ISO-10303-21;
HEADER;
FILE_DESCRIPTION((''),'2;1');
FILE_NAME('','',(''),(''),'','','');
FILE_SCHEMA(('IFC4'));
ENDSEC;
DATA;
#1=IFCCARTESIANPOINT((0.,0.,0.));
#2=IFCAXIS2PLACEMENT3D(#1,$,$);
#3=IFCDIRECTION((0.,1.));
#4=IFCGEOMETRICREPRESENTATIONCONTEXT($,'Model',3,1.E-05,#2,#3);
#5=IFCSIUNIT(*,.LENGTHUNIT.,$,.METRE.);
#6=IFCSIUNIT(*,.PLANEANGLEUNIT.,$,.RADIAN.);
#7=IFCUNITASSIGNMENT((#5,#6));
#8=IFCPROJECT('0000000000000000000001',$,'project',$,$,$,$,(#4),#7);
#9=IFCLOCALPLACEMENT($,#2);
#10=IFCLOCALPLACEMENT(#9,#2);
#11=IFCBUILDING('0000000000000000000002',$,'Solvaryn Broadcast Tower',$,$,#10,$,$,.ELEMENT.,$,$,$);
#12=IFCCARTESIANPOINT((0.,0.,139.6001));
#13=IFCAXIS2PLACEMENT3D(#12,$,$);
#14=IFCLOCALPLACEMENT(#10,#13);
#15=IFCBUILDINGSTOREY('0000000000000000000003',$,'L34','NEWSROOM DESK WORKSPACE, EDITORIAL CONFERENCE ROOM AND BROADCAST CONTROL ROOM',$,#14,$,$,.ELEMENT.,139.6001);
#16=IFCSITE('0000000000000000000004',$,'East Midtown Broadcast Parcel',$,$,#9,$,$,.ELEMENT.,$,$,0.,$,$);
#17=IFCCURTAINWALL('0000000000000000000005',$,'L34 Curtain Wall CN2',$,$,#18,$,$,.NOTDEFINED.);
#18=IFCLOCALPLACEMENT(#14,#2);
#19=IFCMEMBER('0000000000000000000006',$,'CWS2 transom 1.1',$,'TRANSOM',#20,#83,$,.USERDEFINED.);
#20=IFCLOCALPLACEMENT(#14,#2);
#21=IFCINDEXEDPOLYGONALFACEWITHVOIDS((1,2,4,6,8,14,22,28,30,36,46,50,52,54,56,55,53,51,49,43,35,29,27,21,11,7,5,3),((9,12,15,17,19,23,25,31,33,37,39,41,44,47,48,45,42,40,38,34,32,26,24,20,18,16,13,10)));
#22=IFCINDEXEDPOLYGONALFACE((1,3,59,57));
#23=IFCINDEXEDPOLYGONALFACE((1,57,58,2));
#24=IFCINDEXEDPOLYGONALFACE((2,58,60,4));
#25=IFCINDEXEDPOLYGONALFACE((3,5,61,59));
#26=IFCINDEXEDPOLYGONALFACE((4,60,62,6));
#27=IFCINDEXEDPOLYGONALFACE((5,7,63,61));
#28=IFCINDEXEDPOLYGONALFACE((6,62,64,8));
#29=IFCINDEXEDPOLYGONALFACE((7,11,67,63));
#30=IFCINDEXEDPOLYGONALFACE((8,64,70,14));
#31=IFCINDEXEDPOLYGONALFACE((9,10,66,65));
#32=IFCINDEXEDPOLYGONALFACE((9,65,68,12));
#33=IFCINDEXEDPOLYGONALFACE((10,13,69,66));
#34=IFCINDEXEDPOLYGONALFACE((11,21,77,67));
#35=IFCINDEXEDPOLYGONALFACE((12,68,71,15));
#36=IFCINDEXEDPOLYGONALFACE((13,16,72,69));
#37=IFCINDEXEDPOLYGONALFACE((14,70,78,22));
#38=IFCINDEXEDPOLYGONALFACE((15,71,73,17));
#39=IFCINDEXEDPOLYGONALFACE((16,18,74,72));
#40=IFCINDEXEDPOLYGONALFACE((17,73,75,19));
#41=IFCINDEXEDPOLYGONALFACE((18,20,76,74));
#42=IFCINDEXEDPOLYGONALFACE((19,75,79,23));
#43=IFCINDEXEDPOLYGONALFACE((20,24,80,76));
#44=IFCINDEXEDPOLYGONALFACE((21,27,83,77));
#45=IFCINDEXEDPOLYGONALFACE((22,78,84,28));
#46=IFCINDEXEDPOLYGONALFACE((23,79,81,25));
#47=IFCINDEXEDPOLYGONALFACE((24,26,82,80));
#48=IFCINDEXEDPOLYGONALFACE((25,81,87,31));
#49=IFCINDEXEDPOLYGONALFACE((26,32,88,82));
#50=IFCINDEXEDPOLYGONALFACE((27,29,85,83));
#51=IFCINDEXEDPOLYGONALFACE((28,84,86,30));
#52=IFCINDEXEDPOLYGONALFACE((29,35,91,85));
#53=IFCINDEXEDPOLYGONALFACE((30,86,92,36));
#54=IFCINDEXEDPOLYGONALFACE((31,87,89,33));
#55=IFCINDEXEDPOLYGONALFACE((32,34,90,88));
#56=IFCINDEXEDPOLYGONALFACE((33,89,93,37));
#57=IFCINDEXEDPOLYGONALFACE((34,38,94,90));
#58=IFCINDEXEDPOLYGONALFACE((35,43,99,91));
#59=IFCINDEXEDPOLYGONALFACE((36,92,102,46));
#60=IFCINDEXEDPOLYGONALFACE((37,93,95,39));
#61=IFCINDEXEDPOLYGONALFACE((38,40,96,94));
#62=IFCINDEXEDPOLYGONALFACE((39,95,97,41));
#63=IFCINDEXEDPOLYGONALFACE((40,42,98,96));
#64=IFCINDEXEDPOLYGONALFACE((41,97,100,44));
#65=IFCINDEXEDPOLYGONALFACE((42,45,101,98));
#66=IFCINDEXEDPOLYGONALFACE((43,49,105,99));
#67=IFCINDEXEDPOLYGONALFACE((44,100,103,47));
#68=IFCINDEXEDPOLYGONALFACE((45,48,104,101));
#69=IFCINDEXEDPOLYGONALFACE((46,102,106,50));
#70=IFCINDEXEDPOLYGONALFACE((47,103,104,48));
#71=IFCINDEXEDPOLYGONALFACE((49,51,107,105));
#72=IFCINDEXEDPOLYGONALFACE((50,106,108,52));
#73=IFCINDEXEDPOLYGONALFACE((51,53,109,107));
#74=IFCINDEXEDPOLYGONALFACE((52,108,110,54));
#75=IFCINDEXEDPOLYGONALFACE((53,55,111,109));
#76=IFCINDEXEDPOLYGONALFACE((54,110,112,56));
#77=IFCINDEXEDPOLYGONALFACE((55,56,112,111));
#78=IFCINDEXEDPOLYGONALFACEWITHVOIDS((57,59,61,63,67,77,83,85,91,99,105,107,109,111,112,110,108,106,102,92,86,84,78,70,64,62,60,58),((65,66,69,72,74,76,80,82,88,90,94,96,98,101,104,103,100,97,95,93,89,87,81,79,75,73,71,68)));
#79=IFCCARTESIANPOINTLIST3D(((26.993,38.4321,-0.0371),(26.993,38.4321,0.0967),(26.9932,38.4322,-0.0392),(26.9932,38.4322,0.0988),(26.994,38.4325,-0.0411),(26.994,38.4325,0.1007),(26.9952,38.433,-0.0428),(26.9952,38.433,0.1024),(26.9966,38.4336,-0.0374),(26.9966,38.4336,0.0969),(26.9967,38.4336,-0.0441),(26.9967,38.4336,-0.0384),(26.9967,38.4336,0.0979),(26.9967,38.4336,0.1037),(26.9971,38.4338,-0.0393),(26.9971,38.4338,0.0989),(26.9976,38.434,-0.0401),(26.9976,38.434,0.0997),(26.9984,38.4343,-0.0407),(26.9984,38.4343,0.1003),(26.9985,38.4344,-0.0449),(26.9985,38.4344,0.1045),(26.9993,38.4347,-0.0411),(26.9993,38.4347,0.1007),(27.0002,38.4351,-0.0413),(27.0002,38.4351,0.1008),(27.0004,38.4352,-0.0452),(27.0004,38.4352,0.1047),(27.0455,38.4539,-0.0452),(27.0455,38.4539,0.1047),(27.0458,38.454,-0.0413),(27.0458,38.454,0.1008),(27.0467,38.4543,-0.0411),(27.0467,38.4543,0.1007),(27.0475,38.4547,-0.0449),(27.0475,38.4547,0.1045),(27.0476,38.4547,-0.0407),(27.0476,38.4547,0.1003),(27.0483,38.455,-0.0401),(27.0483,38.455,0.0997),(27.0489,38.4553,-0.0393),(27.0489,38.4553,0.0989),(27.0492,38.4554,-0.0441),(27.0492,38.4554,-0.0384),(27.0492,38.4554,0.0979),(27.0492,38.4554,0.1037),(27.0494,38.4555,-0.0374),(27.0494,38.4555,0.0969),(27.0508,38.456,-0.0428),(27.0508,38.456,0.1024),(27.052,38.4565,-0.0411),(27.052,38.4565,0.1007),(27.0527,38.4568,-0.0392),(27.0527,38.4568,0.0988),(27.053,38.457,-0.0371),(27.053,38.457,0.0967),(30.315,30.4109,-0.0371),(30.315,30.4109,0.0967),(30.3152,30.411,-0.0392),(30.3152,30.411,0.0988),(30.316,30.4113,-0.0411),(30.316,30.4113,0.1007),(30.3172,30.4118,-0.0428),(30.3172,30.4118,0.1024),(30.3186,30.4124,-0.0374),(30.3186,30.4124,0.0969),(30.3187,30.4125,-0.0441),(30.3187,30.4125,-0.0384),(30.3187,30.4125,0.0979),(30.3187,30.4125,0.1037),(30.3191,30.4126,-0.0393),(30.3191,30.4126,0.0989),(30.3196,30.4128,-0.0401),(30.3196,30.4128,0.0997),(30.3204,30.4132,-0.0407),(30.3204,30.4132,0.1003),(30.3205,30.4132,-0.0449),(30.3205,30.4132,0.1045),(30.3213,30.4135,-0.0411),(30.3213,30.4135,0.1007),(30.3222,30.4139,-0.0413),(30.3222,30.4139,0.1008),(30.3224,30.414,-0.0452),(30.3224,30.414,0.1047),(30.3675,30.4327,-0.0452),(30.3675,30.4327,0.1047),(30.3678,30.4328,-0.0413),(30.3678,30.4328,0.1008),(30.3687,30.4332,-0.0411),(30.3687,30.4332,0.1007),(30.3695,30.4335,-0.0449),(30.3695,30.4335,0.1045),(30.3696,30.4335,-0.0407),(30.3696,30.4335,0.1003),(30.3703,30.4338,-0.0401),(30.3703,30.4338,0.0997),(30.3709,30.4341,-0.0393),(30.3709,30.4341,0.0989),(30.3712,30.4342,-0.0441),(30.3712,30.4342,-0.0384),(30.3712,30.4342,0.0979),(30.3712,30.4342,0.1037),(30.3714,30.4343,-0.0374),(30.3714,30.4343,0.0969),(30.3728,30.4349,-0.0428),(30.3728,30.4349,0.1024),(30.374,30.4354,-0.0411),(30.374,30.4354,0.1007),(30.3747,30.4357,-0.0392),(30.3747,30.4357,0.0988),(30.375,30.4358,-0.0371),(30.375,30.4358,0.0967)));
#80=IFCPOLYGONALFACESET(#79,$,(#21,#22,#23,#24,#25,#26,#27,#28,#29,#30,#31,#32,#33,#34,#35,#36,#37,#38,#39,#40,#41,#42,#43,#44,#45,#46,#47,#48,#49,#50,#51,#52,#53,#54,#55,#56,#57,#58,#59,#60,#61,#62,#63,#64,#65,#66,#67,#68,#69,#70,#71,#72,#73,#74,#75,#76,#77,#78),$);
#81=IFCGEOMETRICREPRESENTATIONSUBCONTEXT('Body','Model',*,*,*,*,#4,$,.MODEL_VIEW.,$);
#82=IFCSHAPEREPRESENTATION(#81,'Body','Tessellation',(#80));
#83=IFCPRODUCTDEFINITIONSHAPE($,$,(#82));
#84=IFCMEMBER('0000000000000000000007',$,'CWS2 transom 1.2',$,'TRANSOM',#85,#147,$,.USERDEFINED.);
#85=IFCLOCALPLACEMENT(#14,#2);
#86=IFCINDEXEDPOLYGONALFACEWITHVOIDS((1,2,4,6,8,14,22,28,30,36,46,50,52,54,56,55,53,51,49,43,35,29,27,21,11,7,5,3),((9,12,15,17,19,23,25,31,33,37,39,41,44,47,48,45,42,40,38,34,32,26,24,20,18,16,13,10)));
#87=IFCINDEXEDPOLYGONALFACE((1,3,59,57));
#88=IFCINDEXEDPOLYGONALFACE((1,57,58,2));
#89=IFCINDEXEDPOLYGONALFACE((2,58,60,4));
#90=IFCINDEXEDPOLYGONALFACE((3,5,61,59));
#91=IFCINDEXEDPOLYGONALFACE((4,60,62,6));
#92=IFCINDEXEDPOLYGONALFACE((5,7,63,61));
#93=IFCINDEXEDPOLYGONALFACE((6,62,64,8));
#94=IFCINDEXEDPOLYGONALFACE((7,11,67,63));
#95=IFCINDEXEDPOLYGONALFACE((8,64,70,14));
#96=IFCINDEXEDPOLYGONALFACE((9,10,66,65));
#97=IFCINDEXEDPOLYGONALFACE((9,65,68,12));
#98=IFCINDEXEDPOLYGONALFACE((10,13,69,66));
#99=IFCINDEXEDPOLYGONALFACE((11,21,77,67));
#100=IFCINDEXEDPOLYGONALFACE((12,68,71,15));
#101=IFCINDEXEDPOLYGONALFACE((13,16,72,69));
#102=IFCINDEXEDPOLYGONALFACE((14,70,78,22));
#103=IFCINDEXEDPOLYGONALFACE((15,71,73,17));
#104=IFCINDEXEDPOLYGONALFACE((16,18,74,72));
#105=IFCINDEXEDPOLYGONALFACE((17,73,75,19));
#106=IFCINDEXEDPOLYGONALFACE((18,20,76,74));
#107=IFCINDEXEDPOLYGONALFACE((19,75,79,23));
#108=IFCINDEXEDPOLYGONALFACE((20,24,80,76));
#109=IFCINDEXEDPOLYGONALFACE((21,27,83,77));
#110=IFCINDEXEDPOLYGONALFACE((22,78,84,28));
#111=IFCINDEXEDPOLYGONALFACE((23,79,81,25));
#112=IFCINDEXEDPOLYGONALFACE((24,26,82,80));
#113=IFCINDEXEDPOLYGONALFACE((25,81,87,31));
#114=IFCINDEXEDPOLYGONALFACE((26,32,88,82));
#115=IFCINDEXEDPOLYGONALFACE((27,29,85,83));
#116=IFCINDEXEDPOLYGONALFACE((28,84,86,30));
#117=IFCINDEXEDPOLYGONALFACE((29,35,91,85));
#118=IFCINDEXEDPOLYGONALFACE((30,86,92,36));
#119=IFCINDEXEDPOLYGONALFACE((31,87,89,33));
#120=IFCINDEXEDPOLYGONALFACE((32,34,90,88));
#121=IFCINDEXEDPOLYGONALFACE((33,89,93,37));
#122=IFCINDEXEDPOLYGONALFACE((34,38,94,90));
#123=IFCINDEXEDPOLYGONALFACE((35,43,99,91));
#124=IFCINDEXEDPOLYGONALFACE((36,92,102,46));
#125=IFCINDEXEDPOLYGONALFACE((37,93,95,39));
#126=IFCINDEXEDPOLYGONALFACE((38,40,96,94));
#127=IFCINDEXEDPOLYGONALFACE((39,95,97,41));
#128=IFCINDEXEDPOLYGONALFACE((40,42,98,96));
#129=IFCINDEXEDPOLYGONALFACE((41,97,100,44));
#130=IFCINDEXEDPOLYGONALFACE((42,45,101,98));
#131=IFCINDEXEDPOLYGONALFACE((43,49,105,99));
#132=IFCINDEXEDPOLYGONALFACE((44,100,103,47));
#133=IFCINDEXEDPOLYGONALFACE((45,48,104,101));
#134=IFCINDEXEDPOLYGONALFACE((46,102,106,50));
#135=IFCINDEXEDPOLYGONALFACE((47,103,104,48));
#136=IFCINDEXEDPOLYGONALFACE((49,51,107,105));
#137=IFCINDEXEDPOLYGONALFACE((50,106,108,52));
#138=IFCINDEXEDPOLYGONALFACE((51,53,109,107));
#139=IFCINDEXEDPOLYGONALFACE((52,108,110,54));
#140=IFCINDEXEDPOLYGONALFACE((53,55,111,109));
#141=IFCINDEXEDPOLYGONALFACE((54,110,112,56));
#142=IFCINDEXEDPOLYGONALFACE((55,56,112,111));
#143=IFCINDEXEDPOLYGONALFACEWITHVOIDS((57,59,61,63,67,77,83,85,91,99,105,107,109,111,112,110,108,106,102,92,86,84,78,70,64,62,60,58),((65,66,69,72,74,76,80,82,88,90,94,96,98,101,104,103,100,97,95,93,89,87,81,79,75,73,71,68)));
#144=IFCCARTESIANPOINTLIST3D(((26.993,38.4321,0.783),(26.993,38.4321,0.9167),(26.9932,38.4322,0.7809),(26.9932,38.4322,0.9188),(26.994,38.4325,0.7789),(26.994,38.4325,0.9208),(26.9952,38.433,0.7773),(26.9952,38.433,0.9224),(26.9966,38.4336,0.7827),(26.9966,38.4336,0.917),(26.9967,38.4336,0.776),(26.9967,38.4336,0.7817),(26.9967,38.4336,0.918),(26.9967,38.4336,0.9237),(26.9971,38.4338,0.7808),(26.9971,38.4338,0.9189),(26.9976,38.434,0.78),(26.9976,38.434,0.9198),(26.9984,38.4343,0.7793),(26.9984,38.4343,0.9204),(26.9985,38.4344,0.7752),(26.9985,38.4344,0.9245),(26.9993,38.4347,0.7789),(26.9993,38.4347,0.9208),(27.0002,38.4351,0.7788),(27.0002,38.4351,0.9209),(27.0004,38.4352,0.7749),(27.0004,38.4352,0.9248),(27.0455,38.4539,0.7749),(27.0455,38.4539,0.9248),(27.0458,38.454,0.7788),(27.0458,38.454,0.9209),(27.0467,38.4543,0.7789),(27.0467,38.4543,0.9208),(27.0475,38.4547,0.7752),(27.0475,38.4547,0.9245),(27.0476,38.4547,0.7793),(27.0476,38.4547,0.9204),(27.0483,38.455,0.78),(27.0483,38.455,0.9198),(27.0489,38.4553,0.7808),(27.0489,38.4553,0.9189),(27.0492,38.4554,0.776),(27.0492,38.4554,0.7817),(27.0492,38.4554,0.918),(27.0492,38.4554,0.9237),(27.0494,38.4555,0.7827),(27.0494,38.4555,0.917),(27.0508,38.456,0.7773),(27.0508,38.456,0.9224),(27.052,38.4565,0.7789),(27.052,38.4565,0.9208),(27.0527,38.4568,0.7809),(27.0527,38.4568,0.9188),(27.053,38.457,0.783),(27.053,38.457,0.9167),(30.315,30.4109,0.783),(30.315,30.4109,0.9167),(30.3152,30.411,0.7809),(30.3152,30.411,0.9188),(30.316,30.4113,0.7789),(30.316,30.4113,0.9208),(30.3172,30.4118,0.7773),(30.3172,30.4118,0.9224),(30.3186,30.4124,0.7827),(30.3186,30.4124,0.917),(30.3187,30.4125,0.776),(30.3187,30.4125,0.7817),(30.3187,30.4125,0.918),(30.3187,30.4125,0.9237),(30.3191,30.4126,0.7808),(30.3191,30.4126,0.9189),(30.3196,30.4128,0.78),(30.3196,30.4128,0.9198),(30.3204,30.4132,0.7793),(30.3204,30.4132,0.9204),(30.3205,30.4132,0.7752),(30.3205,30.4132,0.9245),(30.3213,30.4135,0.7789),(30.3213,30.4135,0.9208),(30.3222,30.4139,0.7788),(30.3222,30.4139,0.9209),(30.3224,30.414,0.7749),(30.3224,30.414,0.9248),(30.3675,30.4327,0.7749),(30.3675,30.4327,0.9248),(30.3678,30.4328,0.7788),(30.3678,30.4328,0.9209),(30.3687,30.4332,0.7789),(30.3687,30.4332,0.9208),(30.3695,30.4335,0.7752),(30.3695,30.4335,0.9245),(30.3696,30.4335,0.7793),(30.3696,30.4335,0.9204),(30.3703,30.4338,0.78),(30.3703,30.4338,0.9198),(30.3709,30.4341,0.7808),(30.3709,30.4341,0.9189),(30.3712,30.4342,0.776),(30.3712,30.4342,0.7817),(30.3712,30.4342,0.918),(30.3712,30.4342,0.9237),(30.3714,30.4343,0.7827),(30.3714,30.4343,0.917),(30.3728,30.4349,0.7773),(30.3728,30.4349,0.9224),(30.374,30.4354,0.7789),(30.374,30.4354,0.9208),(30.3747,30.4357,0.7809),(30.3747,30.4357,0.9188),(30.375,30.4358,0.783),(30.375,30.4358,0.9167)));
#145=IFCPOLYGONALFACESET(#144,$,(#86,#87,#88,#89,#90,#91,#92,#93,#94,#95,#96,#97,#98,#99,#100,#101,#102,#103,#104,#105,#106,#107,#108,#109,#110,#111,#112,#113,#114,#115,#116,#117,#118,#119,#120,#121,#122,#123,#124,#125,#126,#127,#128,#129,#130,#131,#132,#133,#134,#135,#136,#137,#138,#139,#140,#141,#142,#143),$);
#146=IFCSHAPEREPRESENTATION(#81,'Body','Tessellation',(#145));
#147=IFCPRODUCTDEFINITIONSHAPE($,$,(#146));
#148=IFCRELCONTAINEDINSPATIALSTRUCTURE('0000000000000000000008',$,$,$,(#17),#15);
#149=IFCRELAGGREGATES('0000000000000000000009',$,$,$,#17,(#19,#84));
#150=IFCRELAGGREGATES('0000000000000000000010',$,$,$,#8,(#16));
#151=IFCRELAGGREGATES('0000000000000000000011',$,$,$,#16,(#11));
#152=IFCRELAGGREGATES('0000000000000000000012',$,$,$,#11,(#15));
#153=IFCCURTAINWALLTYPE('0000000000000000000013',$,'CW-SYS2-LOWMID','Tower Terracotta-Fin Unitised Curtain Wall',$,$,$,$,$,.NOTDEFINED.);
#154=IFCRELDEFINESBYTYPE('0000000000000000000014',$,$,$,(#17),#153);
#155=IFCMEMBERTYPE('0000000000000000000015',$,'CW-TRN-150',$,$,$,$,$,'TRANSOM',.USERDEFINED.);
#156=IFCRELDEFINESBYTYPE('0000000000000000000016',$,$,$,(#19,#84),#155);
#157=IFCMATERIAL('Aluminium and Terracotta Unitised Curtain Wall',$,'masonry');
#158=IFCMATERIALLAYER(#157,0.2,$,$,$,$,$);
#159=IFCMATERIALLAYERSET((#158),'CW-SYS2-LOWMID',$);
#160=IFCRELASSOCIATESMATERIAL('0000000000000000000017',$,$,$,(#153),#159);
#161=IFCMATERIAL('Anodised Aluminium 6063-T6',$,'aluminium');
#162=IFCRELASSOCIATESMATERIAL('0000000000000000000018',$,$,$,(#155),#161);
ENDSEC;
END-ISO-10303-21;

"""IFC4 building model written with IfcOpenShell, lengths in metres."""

from ifc_helpers import new_model, si_unit, direction, frame, origin, origin_2d, place, context, subcontext, project, spatial, hollow_rectangle, extrude, material, layer, layer_set, material_profile, profile_set, type_object, element, aggregate, save


model = new_model("IFC4")

# Units and contexts
model_context = context("Model", 3, precision=1e-05, world=origin(), true_north=direction((0.0, 1.0)))
body_context = subcontext(model_context, "Body", "Model", "MODEL_VIEW")
ifc_project = project(units=[si_unit("LENGTHUNIT", "METRE"), si_unit("PLANEANGLEUNIT", "RADIAN")], contexts=[model_context])

# Site, building, storey
site_placement = place(None, origin())
site = spatial("IfcSite", under=ifc_project, at=site_placement, Name="East Midtown Broadcast Parcel", CompositionType="ELEMENT", RefElevation=0.0)
building_placement = place(site_placement, origin())
building = spatial("IfcBuilding", under=site, at=building_placement, Name="Solvaryn Broadcast Tower", CompositionType="ELEMENT")
storey_placement = place(building_placement, frame((0.0, 0.0, 139.6001)))
storey = spatial("IfcBuildingStorey", under=building, at=storey_placement, Name="L34", Description="NEWSROOM DESK WORKSPACE, EDITORIAL CONFERENCE ROOM AND BROADCAST CONTROL ROOM", CompositionType="ELEMENT", Elevation=139.6001)

# Shared definitions
ifc_material_1 = material(Name="Aluminium and Terracotta Unitised Curtain Wall", Category="masonry")
ifc_layer_1 = layer(ifc_material_1, 0.2)
ifc_layer_set_1 = layer_set([ifc_layer_1], Name="CW-SYS2-LOWMID")
curtain_wall_type = type_object("IfcCurtainWallType", Name="CW-SYS2-LOWMID", Description="Tower Terracotta-Fin Unitised Curtain Wall", PredefinedType="NOTDEFINED", material=ifc_layer_set_1)

# Curtain wall, members
curtain_wall_1_placement = place(storey_placement, origin())
curtain_wall_1 = element("IfcCurtainWall", 1, at=curtain_wall_1_placement, inside=storey, type_object=curtain_wall_type, Name="L34 Curtain Wall CN2", PredefinedType="NOTDEFINED")
ifc_material_2 = material(Name="Anodised Aluminium 6063-T6", Category="aluminium")
ifc_material_profile_1 = material_profile(ifc_material_2, hollow_rectangle(XDim=0.0649, YDim=0.1499, WallThickness=0.0039, InnerFilletRadius=0.0039, OuterFilletRadius=0.0081, at=origin_2d()))
ifc_profile_set_1 = profile_set([ifc_material_profile_1], Name="Anodised Aluminium 6063-T6")
member_type_1 = type_object("IfcMemberType", Name="CW-TRN-150", ElementType="TRANSOM", PredefinedType="USERDEFINED", material=ifc_profile_set_1)
member_1_placement = place(storey_placement, frame((30.345, 30.4233, 0.0298), z_axis=(-0.382636, 0.923899, 0.0), x_axis=(-0.923899, -0.382636, 0.0)))
member_1 = element("IfcMember", 2, at=member_1_placement, type_object=member_type_1, Name="CWS2 transom 1.1", ObjectType="TRANSOM", PredefinedType="USERDEFINED", context=body_context, shape_type="SweptSolid", body=[
    extrude(hollow_rectangle(XDim=0.0649, YDim=0.1499, WallThickness=0.0039, InnerFilletRadius=0.0039, OuterFilletRadius=0.0081, at=origin_2d()), origin(), (0.0, 0.0, 1.0), 8.6819),
])
member_2_placement = place(storey_placement, frame((30.345, 30.4233, 0.8499), z_axis=(-0.382636, 0.923899, 0.0), x_axis=(-0.923899, -0.382636, 0.0)))
member_2 = element("IfcMember", 3, at=member_2_placement, type_object=member_type_1, Name="CWS2 transom 1.2", ObjectType="TRANSOM", PredefinedType="USERDEFINED", context=body_context, shape_type="SweptSolid", body=[
    extrude(hollow_rectangle(XDim=0.0649, YDim=0.1499, WallThickness=0.0039, InnerFilletRadius=0.0039, OuterFilletRadius=0.0081, at=origin_2d()), origin(), (0.0, 0.0, 1.0), 8.6819),
])

aggregate(curtain_wall_1, [member_1, member_2])

save(model, "model.ifc")
